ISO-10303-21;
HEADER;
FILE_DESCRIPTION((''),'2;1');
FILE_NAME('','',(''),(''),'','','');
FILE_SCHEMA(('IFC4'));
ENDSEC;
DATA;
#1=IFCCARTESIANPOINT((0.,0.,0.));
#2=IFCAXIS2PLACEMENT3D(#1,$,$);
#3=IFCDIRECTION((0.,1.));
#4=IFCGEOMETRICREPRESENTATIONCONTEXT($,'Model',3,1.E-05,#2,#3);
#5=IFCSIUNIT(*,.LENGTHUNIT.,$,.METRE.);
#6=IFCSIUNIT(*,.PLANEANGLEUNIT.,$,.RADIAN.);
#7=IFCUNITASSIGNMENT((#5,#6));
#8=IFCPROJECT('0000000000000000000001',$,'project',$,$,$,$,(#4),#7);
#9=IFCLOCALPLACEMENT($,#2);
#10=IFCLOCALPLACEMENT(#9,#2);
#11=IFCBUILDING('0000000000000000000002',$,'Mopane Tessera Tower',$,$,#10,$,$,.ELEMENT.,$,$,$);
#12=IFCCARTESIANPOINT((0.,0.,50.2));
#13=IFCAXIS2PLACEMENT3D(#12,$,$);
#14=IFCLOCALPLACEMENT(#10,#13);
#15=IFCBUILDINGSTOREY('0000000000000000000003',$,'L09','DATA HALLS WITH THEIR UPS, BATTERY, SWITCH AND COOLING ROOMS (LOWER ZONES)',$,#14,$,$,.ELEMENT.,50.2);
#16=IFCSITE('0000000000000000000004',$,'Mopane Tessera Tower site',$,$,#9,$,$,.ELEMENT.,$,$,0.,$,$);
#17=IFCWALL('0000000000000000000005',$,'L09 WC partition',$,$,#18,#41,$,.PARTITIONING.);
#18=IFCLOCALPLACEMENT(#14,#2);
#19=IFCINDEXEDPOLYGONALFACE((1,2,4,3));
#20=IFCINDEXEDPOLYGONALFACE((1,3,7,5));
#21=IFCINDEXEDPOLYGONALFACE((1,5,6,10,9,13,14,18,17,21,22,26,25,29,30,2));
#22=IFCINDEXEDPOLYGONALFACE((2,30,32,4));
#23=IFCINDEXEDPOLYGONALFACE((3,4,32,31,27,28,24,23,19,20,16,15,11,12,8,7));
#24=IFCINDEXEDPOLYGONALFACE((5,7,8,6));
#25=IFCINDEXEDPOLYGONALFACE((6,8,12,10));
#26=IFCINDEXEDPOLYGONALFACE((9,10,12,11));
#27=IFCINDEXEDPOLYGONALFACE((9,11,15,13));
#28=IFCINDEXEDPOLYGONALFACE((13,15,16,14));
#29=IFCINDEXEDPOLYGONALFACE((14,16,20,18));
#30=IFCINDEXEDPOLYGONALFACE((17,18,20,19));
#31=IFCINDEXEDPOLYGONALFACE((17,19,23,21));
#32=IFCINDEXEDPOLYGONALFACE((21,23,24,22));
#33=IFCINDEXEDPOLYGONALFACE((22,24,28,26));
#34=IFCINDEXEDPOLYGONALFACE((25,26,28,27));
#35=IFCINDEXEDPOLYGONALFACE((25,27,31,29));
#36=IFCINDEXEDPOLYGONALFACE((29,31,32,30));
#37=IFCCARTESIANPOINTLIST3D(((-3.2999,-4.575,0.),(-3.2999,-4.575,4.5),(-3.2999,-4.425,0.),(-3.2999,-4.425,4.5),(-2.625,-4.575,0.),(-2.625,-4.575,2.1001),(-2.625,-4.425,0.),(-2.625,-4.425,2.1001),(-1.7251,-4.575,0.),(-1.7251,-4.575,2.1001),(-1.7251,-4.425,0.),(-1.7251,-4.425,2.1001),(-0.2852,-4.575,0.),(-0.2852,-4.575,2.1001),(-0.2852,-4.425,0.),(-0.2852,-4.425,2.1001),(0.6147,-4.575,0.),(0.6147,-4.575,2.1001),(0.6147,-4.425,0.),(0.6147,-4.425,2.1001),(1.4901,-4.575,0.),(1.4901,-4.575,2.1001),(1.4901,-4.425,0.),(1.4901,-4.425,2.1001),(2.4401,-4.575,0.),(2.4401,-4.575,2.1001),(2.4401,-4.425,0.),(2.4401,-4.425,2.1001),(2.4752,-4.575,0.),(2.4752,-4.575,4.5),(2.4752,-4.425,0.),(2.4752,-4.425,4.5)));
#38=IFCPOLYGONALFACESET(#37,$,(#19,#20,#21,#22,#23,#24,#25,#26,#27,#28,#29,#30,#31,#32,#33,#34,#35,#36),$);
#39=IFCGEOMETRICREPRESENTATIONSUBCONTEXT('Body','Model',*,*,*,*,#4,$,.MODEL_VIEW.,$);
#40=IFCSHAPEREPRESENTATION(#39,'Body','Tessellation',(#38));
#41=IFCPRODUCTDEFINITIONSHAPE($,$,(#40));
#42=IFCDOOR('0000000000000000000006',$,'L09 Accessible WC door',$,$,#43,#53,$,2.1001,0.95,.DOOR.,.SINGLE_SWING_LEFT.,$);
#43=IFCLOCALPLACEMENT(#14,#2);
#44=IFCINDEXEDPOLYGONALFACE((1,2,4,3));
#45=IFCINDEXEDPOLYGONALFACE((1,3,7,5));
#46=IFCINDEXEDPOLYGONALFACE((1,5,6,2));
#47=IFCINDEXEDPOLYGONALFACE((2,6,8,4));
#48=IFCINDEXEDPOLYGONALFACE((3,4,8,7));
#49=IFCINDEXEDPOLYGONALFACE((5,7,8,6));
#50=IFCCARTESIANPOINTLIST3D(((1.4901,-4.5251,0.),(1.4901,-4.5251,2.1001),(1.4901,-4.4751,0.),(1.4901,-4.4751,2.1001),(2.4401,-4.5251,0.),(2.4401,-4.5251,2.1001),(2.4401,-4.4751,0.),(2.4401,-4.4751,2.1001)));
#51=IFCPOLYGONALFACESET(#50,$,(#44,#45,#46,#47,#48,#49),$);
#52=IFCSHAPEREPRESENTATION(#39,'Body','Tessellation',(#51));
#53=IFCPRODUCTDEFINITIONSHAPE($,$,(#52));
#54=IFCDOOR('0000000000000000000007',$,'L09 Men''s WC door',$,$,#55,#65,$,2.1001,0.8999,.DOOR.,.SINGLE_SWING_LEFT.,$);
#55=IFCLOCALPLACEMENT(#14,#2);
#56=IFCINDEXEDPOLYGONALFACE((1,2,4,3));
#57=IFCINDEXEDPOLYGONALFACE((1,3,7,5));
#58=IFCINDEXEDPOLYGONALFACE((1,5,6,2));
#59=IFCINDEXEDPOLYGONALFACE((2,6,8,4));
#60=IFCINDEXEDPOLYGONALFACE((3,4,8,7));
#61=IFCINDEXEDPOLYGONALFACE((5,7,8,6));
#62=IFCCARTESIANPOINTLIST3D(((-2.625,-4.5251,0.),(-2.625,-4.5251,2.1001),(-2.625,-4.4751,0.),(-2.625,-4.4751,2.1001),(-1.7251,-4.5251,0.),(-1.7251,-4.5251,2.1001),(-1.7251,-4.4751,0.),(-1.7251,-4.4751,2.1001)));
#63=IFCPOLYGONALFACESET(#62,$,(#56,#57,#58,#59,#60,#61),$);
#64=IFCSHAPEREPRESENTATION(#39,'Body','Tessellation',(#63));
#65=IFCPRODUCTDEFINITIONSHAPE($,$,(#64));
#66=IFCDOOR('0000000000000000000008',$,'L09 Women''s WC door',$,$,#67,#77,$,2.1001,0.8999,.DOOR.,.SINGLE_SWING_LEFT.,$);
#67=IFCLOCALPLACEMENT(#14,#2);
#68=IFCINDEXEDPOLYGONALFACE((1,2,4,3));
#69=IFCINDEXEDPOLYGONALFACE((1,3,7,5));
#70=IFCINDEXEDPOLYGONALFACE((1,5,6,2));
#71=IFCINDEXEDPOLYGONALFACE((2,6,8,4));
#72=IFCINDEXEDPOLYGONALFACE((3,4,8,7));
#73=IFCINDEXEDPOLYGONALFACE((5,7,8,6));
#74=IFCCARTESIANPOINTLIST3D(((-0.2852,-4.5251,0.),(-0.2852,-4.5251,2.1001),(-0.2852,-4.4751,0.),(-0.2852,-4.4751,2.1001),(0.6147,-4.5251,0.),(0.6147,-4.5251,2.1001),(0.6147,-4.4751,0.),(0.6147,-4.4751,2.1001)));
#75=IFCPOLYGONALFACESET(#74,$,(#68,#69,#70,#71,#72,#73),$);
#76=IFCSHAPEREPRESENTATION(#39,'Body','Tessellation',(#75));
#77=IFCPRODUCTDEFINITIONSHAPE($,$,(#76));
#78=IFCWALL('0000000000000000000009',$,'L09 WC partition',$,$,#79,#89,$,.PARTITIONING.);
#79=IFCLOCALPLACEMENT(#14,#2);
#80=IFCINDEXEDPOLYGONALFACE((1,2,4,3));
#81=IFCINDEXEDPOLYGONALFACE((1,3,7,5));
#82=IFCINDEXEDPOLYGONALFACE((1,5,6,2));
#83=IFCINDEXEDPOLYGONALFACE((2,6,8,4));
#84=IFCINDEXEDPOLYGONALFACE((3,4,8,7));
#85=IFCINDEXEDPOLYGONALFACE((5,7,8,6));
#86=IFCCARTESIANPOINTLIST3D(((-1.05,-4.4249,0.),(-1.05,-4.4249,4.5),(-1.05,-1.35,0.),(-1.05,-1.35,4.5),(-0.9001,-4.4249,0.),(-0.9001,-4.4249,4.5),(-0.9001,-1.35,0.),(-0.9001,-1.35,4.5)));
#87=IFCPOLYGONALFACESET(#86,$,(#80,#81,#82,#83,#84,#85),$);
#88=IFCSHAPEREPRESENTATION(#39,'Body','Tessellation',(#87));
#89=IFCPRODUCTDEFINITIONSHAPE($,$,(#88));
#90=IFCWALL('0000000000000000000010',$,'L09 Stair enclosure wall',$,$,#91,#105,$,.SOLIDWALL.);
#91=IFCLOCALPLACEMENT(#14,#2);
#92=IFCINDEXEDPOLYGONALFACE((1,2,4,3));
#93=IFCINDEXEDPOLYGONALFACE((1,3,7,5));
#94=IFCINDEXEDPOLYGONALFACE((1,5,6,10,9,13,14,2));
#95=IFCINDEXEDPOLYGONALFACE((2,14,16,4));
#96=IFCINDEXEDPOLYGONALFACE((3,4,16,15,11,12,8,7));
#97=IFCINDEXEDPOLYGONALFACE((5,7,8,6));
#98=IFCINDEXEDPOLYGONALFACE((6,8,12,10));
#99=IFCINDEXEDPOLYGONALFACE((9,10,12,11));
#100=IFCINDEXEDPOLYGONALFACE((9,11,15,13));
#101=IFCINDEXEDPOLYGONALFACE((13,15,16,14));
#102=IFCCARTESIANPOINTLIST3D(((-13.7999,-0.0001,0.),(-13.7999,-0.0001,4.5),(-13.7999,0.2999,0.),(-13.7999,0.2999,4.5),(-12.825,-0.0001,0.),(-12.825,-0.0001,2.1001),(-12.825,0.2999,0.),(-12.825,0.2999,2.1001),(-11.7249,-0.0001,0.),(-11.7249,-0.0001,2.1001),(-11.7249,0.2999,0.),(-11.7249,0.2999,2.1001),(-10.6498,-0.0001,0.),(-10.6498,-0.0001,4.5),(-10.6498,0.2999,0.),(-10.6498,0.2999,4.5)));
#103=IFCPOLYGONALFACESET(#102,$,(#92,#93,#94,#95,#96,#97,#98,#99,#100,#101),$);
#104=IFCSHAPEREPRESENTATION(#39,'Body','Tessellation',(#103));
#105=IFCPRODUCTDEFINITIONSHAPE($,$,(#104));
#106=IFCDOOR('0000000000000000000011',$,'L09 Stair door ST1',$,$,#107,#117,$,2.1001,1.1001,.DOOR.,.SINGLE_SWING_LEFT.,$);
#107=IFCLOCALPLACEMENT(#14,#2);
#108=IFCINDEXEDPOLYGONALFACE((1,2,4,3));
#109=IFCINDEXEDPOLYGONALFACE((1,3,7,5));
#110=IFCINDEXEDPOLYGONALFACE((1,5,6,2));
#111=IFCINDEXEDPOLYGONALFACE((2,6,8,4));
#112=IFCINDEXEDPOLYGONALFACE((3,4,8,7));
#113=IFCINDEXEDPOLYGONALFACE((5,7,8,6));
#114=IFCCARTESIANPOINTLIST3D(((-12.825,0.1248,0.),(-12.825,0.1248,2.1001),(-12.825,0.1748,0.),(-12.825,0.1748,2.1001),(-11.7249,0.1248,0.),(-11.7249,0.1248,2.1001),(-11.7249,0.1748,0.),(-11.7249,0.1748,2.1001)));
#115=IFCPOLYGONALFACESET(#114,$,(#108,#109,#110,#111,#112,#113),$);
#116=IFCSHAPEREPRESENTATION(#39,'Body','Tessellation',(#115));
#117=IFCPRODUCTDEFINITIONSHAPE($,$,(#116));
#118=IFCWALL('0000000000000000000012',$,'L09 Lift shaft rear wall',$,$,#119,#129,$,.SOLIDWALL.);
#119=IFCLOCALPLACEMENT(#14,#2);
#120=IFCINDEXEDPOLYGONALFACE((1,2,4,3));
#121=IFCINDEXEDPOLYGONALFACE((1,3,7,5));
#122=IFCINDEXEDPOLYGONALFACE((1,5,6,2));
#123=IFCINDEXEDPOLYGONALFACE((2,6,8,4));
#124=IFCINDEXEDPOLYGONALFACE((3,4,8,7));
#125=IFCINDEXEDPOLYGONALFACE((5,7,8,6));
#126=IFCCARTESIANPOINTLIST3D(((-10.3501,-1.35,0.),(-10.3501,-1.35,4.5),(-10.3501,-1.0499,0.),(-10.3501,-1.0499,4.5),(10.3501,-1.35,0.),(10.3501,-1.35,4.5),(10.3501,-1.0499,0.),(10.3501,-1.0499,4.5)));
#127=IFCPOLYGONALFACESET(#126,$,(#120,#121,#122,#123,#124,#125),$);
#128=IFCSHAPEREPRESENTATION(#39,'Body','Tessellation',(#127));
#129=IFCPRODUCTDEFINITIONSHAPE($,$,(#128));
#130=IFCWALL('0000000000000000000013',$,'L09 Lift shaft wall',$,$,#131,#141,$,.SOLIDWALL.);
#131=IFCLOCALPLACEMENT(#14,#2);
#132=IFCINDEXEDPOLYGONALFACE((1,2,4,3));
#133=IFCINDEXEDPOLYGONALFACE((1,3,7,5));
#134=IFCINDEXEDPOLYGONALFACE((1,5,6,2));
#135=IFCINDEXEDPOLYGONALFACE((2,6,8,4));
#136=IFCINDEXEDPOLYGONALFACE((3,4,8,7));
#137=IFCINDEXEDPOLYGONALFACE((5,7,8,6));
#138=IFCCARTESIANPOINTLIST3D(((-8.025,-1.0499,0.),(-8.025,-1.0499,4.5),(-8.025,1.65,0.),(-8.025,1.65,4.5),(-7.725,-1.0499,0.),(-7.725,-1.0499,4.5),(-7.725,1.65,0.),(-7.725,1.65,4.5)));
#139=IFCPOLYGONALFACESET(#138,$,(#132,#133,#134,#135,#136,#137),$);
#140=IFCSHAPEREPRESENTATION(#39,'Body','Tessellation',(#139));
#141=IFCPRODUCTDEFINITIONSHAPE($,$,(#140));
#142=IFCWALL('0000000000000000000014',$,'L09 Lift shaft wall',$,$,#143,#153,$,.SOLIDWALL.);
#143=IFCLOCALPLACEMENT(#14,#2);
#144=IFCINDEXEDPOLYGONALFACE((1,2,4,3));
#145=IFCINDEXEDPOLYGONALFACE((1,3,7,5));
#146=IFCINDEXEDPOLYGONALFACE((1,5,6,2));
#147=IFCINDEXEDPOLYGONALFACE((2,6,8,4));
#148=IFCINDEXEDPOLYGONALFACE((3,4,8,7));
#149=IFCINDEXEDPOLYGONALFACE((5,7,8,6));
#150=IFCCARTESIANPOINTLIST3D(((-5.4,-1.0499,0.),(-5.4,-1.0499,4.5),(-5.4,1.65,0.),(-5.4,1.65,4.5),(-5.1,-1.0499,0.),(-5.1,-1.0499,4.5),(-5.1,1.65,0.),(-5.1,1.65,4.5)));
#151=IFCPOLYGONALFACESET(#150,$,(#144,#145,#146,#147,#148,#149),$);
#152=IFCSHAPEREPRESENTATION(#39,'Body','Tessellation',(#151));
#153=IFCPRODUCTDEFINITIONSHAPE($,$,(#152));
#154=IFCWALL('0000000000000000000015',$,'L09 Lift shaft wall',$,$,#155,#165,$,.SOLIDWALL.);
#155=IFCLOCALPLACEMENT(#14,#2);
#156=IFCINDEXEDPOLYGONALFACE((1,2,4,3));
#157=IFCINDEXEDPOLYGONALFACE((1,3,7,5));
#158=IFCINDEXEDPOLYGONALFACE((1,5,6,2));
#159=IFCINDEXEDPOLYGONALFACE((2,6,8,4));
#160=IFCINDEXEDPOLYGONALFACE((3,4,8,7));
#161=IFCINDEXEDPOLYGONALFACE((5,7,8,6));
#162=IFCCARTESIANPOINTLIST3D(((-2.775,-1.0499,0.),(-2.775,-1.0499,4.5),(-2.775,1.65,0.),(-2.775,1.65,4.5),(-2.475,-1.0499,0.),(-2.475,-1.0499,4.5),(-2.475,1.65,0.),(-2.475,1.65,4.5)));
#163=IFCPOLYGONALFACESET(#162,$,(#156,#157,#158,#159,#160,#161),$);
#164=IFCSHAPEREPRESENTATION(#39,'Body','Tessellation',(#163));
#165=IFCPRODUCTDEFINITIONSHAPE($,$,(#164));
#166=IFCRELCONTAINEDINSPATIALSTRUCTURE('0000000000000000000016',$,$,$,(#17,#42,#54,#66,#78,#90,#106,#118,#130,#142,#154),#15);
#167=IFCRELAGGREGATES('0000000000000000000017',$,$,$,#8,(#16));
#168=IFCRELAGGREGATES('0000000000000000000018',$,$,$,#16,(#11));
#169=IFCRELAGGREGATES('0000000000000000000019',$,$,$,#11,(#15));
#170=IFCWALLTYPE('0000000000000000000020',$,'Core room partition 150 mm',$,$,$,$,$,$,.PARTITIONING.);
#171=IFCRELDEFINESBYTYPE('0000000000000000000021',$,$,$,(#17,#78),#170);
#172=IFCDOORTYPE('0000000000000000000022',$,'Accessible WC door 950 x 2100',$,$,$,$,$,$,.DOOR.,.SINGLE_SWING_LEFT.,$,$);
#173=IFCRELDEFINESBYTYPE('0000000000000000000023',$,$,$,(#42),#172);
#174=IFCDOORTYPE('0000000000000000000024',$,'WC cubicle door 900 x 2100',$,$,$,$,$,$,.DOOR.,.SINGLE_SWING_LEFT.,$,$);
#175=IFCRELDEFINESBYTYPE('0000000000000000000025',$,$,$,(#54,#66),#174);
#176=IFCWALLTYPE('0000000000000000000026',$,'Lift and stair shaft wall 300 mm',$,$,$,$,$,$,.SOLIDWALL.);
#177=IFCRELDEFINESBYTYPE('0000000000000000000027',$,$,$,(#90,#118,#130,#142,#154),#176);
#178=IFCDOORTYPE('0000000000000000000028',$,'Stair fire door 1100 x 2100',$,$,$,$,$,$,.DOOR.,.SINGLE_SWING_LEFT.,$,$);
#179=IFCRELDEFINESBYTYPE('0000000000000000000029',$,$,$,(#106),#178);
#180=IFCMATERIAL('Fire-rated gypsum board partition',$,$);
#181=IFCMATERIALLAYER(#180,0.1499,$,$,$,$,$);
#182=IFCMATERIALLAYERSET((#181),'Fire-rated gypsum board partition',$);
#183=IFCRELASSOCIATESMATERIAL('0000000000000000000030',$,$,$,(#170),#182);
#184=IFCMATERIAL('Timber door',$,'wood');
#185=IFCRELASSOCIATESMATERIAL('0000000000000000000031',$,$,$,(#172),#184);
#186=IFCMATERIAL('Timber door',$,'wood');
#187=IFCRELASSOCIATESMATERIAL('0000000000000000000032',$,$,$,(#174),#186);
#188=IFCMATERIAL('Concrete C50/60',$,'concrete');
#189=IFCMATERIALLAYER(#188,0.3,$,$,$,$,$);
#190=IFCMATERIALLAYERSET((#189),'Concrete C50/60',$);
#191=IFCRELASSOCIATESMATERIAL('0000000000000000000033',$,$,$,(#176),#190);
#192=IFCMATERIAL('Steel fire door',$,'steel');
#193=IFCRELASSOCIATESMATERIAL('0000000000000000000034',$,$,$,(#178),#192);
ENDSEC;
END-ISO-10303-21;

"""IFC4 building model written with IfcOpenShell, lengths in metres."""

from ifc_helpers import new_model, si_unit, direction, frame, frame_2d, origin, place, context, subcontext, project, spatial, rectangle, extrude, material, layer, layer_set, type_object, element, fill, save


model = new_model("IFC4")

# Units and contexts
model_context = context("Model", 3, precision=1e-05, world=origin(), true_north=direction((0.0, 1.0)))
body_context = subcontext(model_context, "Body", "Model", "MODEL_VIEW")
ifc_project = project(units=[si_unit("LENGTHUNIT", "METRE"), si_unit("PLANEANGLEUNIT", "RADIAN")], contexts=[model_context])

# Site, building, storey
site_placement = place(None, origin())
site = spatial("IfcSite", under=ifc_project, at=site_placement, Name="Mopane Tessera Tower site", CompositionType="ELEMENT", RefElevation=0.0)
building_placement = place(site_placement, origin())
building = spatial("IfcBuilding", under=site, at=building_placement, Name="Mopane Tessera Tower", CompositionType="ELEMENT")
storey_placement = place(building_placement, frame((0.0, 0.0, 50.2)))
storey = spatial("IfcBuildingStorey", under=building, at=storey_placement, Name="L09", Description="DATA HALLS WITH THEIR UPS, BATTERY, SWITCH AND COOLING ROOMS (LOWER ZONES)", CompositionType="ELEMENT", Elevation=50.2)

# Wall, openings, doors
ifc_material_1 = material(Name="Fire-rated gypsum board partition")
ifc_layer_1 = layer(ifc_material_1, 0.1499)
ifc_layer_set_1 = layer_set([ifc_layer_1], Name="Fire-rated gypsum board partition")
wall_type_1 = type_object("IfcWallType", Name="Core room partition 150 mm", PredefinedType="PARTITIONING", material=ifc_layer_set_1)
wall_1_placement = place(storey_placement, frame((-3.3, -4.5, 0.0), z_axis=(0.0, 0.0, 1.0), x_axis=(1.0, 0.0, 0.0)))
wall_1 = element("IfcWall", 1, at=wall_1_placement, inside=storey, type_object=wall_type_1, Name="L09 WC partition", PredefinedType="PARTITIONING", context=body_context, shape_type="SweptSolid", body=[
    extrude(rectangle(XDim=5.7751, YDim=0.1499, at=frame_2d((2.8877, 0.0))), origin(), (0.0, 0.0, 1.0), 4.5),
])
opening_1_placement = place(wall_1_placement, frame((0.675, 0.0, 0.0)))
opening_1 = element("IfcOpeningElement", 2, at=opening_1_placement, cuts=wall_1, PredefinedType="OPENING", context=body_context, shape_type="SweptSolid", body=[
    extrude(rectangle(XDim=0.8999, YDim=2.1001, at=frame_2d((0.45, 1.05))), frame((0.0, 0.0869, 0.0), z_axis=(0.0, -1.0, 0.0), x_axis=(1.0, 0.0, 0.0)), (0.0, 0.0, 1.0), 0.1738),
])
opening_2_placement = place(wall_1_placement, frame((3.0149, 0.0, 0.0)))
opening_2 = element("IfcOpeningElement", 3, at=opening_2_placement, cuts=wall_1, PredefinedType="OPENING", context=body_context, shape_type="SweptSolid", body=[
    extrude(rectangle(XDim=0.8999, YDim=2.1001, at=frame_2d((0.45, 1.05))), frame((0.0, 0.0869, 0.0), z_axis=(0.0, -1.0, 0.0), x_axis=(1.0, 0.0, 0.0)), (0.0, 0.0, 1.0), 0.1738),
])
opening_3_placement = place(wall_1_placement, frame((4.79, 0.0, 0.0)))
opening_3 = element("IfcOpeningElement", 4, at=opening_3_placement, cuts=wall_1, PredefinedType="OPENING", context=body_context, shape_type="SweptSolid", body=[
    extrude(rectangle(XDim=0.95, YDim=2.1001, at=frame_2d((0.4751, 1.05))), frame((0.0, 0.0869, 0.0), z_axis=(0.0, -1.0, 0.0), x_axis=(1.0, 0.0, 0.0)), (0.0, 0.0, 1.0), 0.1738),
])
ifc_material_2 = material(Name="Timber door", Category="wood")
door_type_1 = type_object("IfcDoorType", Name="Accessible WC door 950 x 2100", OperationType="SINGLE_SWING_LEFT", PredefinedType="DOOR", material=ifc_material_2)
door_1_placement = place(opening_3_placement, origin())
door_1 = element("IfcDoor", 5, at=door_1_placement, inside=storey, type_object=door_type_1, Name="L09 Accessible WC door", OperationType="SINGLE_SWING_LEFT", OverallHeight=2.1001, OverallWidth=0.95, PredefinedType="DOOR", context=body_context, shape_type="SweptSolid", body=[
    extrude(rectangle(XDim=0.95, YDim=2.1001, at=frame_2d((0.4751, 1.05))), frame((0.0, 0.0249, 0.0), z_axis=(0.0, -1.0, 0.0), x_axis=(1.0, 0.0, 0.0)), (0.0, 0.0, 1.0), 0.05),
])
fill(opening_3, door_1)
ifc_material_3 = material(Name="Timber door", Category="wood")
door_type_2 = type_object("IfcDoorType", Name="WC cubicle door 900 x 2100", OperationType="SINGLE_SWING_LEFT", PredefinedType="DOOR", material=ifc_material_3)
door_2_placement = place(opening_1_placement, origin())
door_2 = element("IfcDoor", 6, at=door_2_placement, inside=storey, type_object=door_type_2, Name="L09 Men's WC door", OperationType="SINGLE_SWING_LEFT", OverallHeight=2.1001, OverallWidth=0.8999, PredefinedType="DOOR", context=body_context, shape_type="SweptSolid", body=[
    extrude(rectangle(XDim=0.8999, YDim=2.1001, at=frame_2d((0.45, 1.05))), frame((0.0, 0.0249, 0.0), z_axis=(0.0, -1.0, 0.0), x_axis=(1.0, 0.0, 0.0)), (0.0, 0.0, 1.0), 0.05),
])
fill(opening_1, door_2)
door_3_placement = place(opening_2_placement, origin())
door_3 = element("IfcDoor", 7, at=door_3_placement, inside=storey, type_object=door_type_2, Name="L09 Women's WC door", OperationType="SINGLE_SWING_LEFT", OverallHeight=2.1001, OverallWidth=0.8999, PredefinedType="DOOR", context=body_context, shape_type="SweptSolid", body=[
    extrude(rectangle(XDim=0.8999, YDim=2.1001, at=frame_2d((0.45, 1.05))), frame((0.0, 0.0249, 0.0), z_axis=(0.0, -1.0, 0.0), x_axis=(1.0, 0.0, 0.0)), (0.0, 0.0, 1.0), 0.05),
])
fill(opening_2, door_3)

# Wall
wall_2_placement = place(storey_placement, frame((-0.9751, -4.425, 0.0), z_axis=(0.0, 0.0, 1.0), x_axis=(0.0, 1.0, 0.0)))
element("IfcWall", 8, at=wall_2_placement, inside=storey, type_object=wall_type_1, Name="L09 WC partition", PredefinedType="PARTITIONING", context=body_context, shape_type="SweptSolid", body=[
    extrude(rectangle(XDim=3.075, YDim=0.1499, at=frame_2d((1.5376, 0.0))), origin(), (0.0, 0.0, 1.0), 4.5),
])

# Wall, opening, door
ifc_material_4 = material(Name="Concrete C50/60", Category="concrete")
ifc_layer_2 = layer(ifc_material_4, 0.3)
ifc_layer_set_2 = layer_set([ifc_layer_2], Name="Concrete C50/60")
wall_type_2 = type_object("IfcWallType", Name="Lift and stair shaft wall 300 mm", PredefinedType="SOLIDWALL", material=ifc_layer_set_2)
wall_3_placement = place(storey_placement, frame((-13.8, 0.1499, 0.0), z_axis=(0.0, 0.0, 1.0), x_axis=(1.0, 0.0, 0.0)))
wall_3 = element("IfcWall", 9, at=wall_3_placement, inside=storey, type_object=wall_type_2, Name="L09 Stair enclosure wall", PredefinedType="SOLIDWALL", context=body_context, shape_type="SweptSolid", body=[
    extrude(rectangle(XDim=3.1501, YDim=0.3, at=frame_2d((1.5752, 0.0))), origin(), (0.0, 0.0, 1.0), 4.5),
])
opening_4_placement = place(wall_3_placement, frame((0.9751, 0.0, 0.0)))
opening_4 = element("IfcOpeningElement", 10, at=opening_4_placement, cuts=wall_3, PredefinedType="OPENING", context=body_context, shape_type="SweptSolid", body=[
    extrude(rectangle(XDim=1.1001, YDim=2.1001, at=frame_2d((0.55, 1.05))), frame((0.0, 0.1621, 0.0), z_axis=(0.0, -1.0, 0.0), x_axis=(1.0, 0.0, 0.0)), (0.0, 0.0, 1.0), 0.324),
])
ifc_material_5 = material(Name="Steel fire door", Category="steel")
door_type_3 = type_object("IfcDoorType", Name="Stair fire door 1100 x 2100", OperationType="SINGLE_SWING_LEFT", PredefinedType="DOOR", material=ifc_material_5)
door_4_placement = place(opening_4_placement, origin())
door_4 = element("IfcDoor", 11, at=door_4_placement, inside=storey, type_object=door_type_3, Name="L09 Stair door ST1", OperationType="SINGLE_SWING_LEFT", OverallHeight=2.1001, OverallWidth=1.1001, PredefinedType="DOOR", context=body_context, shape_type="SweptSolid", body=[
    extrude(rectangle(XDim=1.1001, YDim=2.1001, at=frame_2d((0.55, 1.05))), frame((0.0, 0.0249, 0.0), z_axis=(0.0, -1.0, 0.0), x_axis=(1.0, 0.0, 0.0)), (0.0, 0.0, 1.0), 0.05),
])
fill(opening_4, door_4)

# Walls
wall_4_placement = place(storey_placement, frame((-10.3501, -1.2, 0.0), z_axis=(0.0, 0.0, 1.0), x_axis=(1.0, 0.0, 0.0)))
element("IfcWall", 12, at=wall_4_placement, inside=storey, type_object=wall_type_2, Name="L09 Lift shaft rear wall", PredefinedType="SOLIDWALL", context=body_context, shape_type="SweptSolid", body=[
    extrude(rectangle(XDim=20.7002, YDim=0.3, at=frame_2d((10.3501, 0.0))), origin(), (0.0, 0.0, 1.0), 4.5),
])
for number, where, z_axis, x_axis, name in (
    (13, (-7.875, -1.05, 0.0), (0.0, 0.0, 1.0), (0.0, 1.0, 0.0), "L09 Lift shaft wall"),
    (14, (-5.25, -1.05, 0.0), (0.0, 0.0, 1.0), (0.0, 1.0, 0.0), "L09 Lift shaft wall"),
    (15, (-2.625, -1.05, 0.0), (0.0, 0.0, 1.0), (0.0, 1.0, 0.0), "L09 Lift shaft wall"),
):
    element("IfcWall", number, at=place(storey_placement, frame(where, z_axis=z_axis, x_axis=x_axis)), inside=storey, type_object=wall_type_2, Name=name, PredefinedType="SOLIDWALL", context=body_context, shape_type="SweptSolid", body=[
        extrude(rectangle(XDim=2.7, YDim=0.3, at=frame_2d((1.3501, 0.0))), origin(), (0.0, 0.0, 1.0), 4.5),
    ])

save(model, "model.ifc")
